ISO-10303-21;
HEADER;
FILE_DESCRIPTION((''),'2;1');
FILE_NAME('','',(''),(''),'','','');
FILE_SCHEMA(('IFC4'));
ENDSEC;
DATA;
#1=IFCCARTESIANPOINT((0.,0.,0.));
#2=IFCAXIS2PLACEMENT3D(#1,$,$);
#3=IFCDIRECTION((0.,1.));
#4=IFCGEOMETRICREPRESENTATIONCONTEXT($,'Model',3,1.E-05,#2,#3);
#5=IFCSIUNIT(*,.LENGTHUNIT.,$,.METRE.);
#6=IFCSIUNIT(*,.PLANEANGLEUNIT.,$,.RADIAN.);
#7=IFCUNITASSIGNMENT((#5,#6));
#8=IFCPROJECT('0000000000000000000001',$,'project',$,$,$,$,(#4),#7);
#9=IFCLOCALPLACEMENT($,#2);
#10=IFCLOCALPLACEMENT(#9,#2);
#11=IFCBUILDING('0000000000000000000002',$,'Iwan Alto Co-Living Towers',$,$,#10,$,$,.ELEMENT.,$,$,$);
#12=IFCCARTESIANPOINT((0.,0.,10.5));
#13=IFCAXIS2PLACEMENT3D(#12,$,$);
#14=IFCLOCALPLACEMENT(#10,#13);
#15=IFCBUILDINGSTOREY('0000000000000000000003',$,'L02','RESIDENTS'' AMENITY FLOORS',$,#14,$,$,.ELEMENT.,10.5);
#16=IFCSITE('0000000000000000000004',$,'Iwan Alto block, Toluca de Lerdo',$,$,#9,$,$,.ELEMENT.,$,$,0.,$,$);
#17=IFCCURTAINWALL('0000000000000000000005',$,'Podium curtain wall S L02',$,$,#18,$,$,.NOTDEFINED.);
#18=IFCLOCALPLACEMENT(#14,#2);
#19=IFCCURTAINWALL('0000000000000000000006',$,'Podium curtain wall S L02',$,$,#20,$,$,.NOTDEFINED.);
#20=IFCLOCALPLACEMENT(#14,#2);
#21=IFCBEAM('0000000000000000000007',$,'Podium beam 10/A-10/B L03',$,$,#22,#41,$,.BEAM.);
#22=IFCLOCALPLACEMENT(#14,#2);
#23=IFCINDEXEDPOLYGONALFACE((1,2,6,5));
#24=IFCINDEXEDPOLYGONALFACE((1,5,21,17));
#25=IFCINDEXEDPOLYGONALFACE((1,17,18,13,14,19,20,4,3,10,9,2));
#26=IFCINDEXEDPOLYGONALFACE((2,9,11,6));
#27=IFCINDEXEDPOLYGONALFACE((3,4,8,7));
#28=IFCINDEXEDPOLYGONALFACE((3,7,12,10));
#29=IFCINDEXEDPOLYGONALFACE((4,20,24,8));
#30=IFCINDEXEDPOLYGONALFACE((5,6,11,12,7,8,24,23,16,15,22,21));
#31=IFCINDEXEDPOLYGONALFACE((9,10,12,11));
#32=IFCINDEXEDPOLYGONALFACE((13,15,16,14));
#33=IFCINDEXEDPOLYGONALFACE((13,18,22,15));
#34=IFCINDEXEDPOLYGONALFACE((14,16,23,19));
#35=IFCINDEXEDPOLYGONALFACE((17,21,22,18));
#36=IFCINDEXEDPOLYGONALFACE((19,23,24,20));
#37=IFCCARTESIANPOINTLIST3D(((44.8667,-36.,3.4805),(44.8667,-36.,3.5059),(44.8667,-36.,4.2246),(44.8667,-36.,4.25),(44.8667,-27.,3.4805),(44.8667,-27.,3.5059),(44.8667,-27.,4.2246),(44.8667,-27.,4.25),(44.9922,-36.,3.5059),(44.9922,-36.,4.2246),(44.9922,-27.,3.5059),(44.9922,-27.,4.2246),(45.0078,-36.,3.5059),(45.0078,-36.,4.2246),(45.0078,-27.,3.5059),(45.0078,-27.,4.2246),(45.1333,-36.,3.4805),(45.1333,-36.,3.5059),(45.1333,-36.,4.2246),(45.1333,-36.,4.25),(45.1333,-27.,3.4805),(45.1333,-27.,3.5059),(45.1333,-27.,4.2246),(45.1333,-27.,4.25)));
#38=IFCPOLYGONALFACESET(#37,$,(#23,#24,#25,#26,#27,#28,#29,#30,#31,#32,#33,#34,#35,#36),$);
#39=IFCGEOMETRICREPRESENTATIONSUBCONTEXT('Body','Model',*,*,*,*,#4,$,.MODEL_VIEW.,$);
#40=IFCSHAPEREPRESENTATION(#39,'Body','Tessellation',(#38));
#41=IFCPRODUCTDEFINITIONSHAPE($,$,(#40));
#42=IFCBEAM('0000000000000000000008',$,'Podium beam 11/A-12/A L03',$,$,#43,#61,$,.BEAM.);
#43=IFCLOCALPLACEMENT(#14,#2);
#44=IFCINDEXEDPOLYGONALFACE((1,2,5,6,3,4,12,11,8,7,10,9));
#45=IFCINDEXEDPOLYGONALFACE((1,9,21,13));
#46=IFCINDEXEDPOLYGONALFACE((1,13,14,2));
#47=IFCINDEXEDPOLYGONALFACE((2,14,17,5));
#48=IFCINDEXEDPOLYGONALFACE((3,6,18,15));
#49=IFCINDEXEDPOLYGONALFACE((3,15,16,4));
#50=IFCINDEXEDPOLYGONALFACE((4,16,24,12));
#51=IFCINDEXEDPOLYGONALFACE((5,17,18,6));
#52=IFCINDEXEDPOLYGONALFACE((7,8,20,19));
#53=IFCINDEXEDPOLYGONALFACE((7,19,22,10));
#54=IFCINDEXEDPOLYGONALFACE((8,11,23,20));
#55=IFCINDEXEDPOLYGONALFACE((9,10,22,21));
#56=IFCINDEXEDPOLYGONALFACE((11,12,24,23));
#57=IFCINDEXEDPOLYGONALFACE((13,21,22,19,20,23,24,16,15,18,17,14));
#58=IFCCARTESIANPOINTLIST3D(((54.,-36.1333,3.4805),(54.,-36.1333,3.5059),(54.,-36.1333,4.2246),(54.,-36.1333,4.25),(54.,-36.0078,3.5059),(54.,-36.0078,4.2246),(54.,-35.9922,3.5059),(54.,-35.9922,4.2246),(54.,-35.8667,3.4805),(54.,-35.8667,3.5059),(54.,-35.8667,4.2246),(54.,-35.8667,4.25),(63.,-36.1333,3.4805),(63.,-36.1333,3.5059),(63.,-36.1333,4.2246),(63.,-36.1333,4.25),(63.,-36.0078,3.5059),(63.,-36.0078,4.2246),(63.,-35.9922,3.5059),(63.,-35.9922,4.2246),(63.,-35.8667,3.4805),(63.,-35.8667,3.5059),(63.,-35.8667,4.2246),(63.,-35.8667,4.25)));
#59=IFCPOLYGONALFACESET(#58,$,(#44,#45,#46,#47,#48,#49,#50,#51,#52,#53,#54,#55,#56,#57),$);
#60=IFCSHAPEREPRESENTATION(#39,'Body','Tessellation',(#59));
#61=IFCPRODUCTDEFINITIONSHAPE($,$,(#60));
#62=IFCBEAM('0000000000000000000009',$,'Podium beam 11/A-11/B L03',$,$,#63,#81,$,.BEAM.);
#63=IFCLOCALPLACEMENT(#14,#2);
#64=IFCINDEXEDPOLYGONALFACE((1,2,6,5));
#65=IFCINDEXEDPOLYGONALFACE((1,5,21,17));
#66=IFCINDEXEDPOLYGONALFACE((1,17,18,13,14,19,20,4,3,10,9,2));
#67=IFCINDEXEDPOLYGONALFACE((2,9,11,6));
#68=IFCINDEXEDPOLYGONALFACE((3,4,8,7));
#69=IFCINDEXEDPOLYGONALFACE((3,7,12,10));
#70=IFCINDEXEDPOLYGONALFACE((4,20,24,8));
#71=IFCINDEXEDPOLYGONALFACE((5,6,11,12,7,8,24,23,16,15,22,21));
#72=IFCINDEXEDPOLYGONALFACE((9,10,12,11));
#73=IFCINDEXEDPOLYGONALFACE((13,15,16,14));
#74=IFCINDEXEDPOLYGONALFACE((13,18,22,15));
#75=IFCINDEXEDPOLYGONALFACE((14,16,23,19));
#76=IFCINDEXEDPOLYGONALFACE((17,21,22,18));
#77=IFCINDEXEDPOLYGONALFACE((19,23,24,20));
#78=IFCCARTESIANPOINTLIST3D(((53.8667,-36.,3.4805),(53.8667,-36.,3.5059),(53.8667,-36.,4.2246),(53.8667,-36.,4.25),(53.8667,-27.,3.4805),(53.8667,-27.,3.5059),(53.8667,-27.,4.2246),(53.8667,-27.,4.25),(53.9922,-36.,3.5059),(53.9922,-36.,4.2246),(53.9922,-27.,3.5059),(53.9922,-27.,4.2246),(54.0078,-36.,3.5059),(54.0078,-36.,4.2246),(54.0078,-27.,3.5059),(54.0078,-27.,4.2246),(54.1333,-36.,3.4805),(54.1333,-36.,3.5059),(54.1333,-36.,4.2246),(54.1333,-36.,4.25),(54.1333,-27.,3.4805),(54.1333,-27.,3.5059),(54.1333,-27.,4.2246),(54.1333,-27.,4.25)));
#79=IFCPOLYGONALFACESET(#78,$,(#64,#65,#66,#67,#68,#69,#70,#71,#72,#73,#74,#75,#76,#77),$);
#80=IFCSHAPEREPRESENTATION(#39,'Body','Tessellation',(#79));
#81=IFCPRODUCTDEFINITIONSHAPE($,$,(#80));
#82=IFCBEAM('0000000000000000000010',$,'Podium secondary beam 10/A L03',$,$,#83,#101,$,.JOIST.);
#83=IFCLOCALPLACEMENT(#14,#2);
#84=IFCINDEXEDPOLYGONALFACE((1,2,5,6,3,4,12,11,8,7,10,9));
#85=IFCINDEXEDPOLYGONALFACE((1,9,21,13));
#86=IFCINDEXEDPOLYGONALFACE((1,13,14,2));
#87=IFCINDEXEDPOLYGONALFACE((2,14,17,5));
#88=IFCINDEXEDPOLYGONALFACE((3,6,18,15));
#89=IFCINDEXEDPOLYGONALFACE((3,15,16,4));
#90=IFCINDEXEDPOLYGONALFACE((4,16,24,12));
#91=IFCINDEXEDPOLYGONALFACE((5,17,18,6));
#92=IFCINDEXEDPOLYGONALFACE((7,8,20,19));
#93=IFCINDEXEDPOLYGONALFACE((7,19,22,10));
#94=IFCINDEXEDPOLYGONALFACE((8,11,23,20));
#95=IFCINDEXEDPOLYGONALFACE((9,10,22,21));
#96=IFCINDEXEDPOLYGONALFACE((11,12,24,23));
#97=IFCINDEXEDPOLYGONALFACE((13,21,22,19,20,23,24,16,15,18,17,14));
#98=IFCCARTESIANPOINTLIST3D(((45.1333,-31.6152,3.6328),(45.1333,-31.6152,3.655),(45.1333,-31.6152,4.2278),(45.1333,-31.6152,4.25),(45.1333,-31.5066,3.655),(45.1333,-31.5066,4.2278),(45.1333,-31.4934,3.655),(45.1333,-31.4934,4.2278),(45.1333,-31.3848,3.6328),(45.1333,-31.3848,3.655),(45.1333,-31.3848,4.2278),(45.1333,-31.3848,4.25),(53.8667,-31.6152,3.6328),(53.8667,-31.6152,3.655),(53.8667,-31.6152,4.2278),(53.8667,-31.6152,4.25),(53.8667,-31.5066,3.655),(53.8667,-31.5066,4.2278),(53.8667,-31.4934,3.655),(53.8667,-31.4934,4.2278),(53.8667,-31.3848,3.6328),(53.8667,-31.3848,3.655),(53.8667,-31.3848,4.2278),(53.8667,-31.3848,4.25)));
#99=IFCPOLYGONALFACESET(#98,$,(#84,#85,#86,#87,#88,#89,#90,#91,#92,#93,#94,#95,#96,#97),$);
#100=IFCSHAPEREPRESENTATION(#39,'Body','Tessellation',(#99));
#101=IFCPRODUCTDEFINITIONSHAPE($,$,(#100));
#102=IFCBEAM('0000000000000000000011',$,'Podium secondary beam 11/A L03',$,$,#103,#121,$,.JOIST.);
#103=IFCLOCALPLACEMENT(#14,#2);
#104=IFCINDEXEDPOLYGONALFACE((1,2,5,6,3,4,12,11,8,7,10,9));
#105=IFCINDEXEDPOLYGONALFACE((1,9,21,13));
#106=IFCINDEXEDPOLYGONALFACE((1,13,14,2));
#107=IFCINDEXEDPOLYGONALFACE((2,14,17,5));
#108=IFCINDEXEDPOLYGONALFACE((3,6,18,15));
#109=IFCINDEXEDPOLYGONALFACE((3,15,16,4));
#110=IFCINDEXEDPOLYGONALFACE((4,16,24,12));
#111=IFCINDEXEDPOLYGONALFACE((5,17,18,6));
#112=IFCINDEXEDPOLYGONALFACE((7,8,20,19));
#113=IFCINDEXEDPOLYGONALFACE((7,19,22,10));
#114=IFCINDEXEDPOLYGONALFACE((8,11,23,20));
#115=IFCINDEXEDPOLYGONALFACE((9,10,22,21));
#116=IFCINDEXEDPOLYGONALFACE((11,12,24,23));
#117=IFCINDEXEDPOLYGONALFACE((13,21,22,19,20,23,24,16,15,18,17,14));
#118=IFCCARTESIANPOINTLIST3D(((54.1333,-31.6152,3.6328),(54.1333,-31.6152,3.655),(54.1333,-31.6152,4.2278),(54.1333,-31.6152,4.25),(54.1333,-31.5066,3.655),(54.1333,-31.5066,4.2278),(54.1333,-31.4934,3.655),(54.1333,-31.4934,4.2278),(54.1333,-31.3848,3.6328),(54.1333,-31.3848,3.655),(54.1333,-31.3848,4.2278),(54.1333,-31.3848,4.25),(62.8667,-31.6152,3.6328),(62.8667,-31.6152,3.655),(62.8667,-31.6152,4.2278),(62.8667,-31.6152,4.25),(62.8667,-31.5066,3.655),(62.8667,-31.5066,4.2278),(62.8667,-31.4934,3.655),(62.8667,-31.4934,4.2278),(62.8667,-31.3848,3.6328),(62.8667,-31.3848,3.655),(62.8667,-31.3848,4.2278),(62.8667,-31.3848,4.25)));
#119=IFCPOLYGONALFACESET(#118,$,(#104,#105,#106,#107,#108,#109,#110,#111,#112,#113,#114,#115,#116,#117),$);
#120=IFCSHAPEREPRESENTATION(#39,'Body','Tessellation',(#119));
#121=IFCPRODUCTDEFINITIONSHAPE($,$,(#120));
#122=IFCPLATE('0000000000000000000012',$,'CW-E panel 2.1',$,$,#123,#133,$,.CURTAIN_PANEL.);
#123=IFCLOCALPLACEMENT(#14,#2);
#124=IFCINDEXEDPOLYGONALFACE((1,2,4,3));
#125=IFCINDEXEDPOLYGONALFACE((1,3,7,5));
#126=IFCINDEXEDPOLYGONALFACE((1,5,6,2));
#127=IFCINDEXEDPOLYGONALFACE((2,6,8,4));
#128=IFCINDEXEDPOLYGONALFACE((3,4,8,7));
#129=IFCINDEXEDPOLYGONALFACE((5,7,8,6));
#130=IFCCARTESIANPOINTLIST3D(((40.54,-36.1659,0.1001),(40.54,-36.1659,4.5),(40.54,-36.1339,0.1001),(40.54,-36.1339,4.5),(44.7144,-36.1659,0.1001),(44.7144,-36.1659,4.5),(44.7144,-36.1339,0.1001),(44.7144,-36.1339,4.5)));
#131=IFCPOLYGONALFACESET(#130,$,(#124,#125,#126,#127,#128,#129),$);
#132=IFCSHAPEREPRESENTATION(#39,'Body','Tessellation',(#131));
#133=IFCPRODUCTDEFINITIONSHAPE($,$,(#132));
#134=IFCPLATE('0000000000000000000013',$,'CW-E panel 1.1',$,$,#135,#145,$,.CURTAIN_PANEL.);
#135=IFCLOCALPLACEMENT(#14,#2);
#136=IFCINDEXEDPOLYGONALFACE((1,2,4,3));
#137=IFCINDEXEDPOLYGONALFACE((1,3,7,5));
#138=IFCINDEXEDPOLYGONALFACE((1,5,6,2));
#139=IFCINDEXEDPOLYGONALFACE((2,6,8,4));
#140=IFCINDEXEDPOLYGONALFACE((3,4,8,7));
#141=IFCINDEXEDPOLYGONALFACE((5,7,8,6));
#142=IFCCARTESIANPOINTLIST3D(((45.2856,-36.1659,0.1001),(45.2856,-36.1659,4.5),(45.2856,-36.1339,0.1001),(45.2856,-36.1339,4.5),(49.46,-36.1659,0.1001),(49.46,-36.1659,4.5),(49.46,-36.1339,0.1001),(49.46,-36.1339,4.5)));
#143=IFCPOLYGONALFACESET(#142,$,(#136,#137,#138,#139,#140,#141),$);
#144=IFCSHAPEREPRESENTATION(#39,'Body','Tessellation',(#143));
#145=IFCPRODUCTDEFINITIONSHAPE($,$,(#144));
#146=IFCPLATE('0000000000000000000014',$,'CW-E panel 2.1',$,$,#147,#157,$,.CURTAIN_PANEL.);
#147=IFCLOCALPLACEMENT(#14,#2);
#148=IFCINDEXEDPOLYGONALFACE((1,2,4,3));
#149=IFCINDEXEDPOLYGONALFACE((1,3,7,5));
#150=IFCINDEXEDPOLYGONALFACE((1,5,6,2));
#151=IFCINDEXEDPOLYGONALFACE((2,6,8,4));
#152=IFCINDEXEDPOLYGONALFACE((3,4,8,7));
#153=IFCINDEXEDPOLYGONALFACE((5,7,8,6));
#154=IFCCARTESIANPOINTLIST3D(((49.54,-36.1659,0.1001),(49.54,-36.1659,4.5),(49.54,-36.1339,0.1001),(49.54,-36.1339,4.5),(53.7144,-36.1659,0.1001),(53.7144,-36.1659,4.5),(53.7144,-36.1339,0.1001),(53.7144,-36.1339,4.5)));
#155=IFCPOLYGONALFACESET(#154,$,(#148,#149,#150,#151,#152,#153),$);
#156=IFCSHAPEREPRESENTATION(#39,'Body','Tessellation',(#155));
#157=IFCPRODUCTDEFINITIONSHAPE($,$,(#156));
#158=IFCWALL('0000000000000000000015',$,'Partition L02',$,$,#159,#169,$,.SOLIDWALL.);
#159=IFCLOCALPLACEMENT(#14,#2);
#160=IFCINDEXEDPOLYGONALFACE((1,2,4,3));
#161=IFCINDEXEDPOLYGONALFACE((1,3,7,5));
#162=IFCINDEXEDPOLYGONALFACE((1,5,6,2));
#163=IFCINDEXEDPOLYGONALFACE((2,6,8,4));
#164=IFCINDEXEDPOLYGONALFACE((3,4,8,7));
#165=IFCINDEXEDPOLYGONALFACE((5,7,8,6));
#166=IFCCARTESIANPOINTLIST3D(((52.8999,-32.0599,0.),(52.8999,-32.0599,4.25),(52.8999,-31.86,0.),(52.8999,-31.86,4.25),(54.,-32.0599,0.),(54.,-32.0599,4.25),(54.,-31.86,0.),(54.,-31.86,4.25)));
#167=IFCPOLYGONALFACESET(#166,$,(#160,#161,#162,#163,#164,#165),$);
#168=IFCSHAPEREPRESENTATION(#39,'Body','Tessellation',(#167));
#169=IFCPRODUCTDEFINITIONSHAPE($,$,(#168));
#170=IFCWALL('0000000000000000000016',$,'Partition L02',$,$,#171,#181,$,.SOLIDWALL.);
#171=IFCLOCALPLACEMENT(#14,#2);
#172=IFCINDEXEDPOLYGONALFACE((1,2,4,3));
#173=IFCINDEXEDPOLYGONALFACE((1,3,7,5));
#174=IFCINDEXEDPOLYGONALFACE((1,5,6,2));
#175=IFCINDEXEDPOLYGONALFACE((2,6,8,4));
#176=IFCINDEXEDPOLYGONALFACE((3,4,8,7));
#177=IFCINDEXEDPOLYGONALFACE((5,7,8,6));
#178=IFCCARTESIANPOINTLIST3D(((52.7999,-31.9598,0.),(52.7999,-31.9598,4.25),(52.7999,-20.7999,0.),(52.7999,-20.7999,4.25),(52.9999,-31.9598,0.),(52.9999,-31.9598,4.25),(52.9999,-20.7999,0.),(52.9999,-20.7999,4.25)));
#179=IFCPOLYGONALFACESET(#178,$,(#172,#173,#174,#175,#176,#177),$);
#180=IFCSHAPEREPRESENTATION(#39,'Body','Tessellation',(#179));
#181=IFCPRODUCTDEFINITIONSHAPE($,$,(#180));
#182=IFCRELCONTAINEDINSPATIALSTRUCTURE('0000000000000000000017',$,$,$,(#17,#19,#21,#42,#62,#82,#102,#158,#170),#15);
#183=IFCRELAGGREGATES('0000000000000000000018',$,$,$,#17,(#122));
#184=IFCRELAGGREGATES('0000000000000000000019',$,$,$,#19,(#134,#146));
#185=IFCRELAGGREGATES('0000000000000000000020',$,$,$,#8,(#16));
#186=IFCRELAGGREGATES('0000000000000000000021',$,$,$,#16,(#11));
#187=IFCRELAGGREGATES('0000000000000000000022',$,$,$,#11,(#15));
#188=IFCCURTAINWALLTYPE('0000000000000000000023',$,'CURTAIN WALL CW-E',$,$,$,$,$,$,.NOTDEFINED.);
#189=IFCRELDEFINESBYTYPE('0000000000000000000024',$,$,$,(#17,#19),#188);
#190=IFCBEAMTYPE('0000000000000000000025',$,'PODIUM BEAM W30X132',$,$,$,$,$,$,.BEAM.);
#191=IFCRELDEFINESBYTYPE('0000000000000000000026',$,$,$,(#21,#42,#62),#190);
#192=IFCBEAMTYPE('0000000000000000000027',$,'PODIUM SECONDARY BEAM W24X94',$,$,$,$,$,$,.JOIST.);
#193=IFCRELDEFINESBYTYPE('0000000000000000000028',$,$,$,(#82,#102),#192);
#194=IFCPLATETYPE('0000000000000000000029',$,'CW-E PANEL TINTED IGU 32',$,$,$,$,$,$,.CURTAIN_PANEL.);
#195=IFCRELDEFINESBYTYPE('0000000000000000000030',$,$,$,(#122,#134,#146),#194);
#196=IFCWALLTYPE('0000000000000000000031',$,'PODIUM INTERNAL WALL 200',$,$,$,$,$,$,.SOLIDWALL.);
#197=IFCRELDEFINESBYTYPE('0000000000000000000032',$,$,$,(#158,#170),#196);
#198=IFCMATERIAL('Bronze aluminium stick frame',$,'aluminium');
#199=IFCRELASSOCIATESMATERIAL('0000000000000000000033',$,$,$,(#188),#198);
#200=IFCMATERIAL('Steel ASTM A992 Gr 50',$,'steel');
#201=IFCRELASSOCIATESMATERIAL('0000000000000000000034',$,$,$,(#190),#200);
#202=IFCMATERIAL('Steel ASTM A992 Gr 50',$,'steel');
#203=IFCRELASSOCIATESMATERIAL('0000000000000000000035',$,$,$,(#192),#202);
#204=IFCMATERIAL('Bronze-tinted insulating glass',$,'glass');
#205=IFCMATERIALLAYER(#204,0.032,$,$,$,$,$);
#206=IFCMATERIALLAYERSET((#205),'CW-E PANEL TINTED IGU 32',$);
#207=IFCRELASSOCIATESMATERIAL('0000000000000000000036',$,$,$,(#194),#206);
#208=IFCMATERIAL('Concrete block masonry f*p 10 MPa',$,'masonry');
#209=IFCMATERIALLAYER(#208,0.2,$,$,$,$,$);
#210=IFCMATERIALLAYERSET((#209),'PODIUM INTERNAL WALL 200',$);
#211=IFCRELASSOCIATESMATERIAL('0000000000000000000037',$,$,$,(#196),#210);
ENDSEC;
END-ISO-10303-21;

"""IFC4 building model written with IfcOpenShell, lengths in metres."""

from ifc_helpers import new_model, si_unit, direction, frame, frame_2d, origin, origin_2d, place, context, subcontext, project, spatial, rectangle, i_section, extrude, material, layer, layer_set, material_profile, profile_set, type_object, element, aggregate, save


model = new_model("IFC4")

# Units and contexts
model_context = context("Model", 3, precision=1e-05, world=origin(), true_north=direction((0.0, 1.0)))
body_context = subcontext(model_context, "Body", "Model", "MODEL_VIEW")
ifc_project = project(units=[si_unit("LENGTHUNIT", "METRE"), si_unit("PLANEANGLEUNIT", "RADIAN")], contexts=[model_context])

# Site, building, storey
site_placement = place(None, origin())
site = spatial("IfcSite", under=ifc_project, at=site_placement, Name="Iwan Alto block, Toluca de Lerdo", CompositionType="ELEMENT", RefElevation=0.0)
building_placement = place(site_placement, origin())
building = spatial("IfcBuilding", under=site, at=building_placement, Name="Iwan Alto Co-Living Towers", CompositionType="ELEMENT")
storey_placement = place(building_placement, frame((0.0, 0.0, 10.5)))
storey = spatial("IfcBuildingStorey", under=building, at=storey_placement, Name="L02", Description="RESIDENTS' AMENITY FLOORS", CompositionType="ELEMENT", Elevation=10.5)

# Curtain wall
ifc_material_1 = material(Name="Bronze aluminium stick frame", Category="aluminium")
curtain_wall_type = type_object("IfcCurtainWallType", Name="CURTAIN WALL CW-E", PredefinedType="NOTDEFINED", material=ifc_material_1)
curtain_wall_1_placement = place(storey_placement, origin())
curtain_wall_1 = element("IfcCurtainWall", 1, at=curtain_wall_1_placement, inside=storey, type_object=curtain_wall_type, Name="Podium curtain wall S L02", PredefinedType="NOTDEFINED")

# Curtain wall
curtain_wall_2_placement = place(storey_placement, origin())
curtain_wall_2 = element("IfcCurtainWall", 2, at=curtain_wall_2_placement, inside=storey, type_object=curtain_wall_type, Name="Podium curtain wall S L02", PredefinedType="NOTDEFINED")

# Beams
ifc_material_2 = material(Name="Steel ASTM A992 Gr 50", Category="steel")
ifc_material_profile_1 = material_profile(ifc_material_2, i_section(OverallWidth=0.2666, OverallDepth=0.7695, WebThickness=0.0156, FlangeThickness=0.0254, at=origin_2d()), Name="W30X132")
ifc_profile_set_1 = profile_set([ifc_material_profile_1], Name="Steel ASTM A992 Gr 50")
beam_type_1 = type_object("IfcBeamType", Name="PODIUM BEAM W30X132", PredefinedType="BEAM", material=ifc_profile_set_1)
for number, where, z_axis, x_axis, name in (
    (3, (45.0, -36.0, 3.8652), (0.0, 1.0, 0.0), (-1.0, 0.0, 0.0), "Podium beam 10/A-10/B L03"),
    (4, (54.0, -36.0, 3.8652), (1.0, 0.0, 0.0), (0.0, 1.0, 0.0), "Podium beam 11/A-12/A L03"),
    (5, (54.0, -36.0, 3.8652), (0.0, 1.0, 0.0), (-1.0, 0.0, 0.0), "Podium beam 11/A-11/B L03"),
):
    element("IfcBeam", number, at=place(storey_placement, frame(where, z_axis=z_axis, x_axis=x_axis)), inside=storey, type_object=beam_type_1, Name=name, PredefinedType="BEAM", context=body_context, shape_type="SweptSolid", body=[
        extrude(i_section(OverallWidth=0.2666, OverallDepth=0.7695, WebThickness=0.0156, FlangeThickness=0.0254, at=origin_2d()), origin(), (0.0, 0.0, 1.0), 9.0),
    ])
ifc_material_3 = material(Name="Steel ASTM A992 Gr 50", Category="steel")
ifc_material_profile_2 = material_profile(ifc_material_3, i_section(OverallWidth=0.2305, OverallDepth=0.6172, WebThickness=0.0132, FlangeThickness=0.0222, at=origin_2d()), Name="W24X94")
ifc_profile_set_2 = profile_set([ifc_material_profile_2], Name="Steel ASTM A992 Gr 50")
beam_type_2 = type_object("IfcBeamType", Name="PODIUM SECONDARY BEAM W24X94", PredefinedType="JOIST", material=ifc_profile_set_2)
for number, where, z_axis, x_axis, name in (
    (6, (45.1333, -31.5, 3.9414), (1.0, 0.0, 0.0), (0.0, 1.0, 0.0), "Podium secondary beam 10/A L03"),
    (7, (54.1333, -31.5, 3.9414), (1.0, 0.0, 0.0), (0.0, 1.0, 0.0), "Podium secondary beam 11/A L03"),
):
    element("IfcBeam", number, at=place(storey_placement, frame(where, z_axis=z_axis, x_axis=x_axis)), inside=storey, type_object=beam_type_2, Name=name, PredefinedType="JOIST", context=body_context, shape_type="SweptSolid", body=[
        extrude(i_section(OverallWidth=0.2305, OverallDepth=0.6172, WebThickness=0.0132, FlangeThickness=0.0222, at=origin_2d()), origin(), (0.0, 0.0, 1.0), 8.7334),
    ])

# Plates
ifc_material_4 = material(Name="Bronze-tinted insulating glass", Category="glass")
ifc_layer_1 = layer(ifc_material_4, 0.032)
ifc_layer_set_1 = layer_set([ifc_layer_1], Name="CW-E PANEL TINTED IGU 32")
plate_type = type_object("IfcPlateType", Name="CW-E PANEL TINTED IGU 32", PredefinedType="CURTAIN_PANEL", material=ifc_layer_set_1)
plate_1_placement = place(storey_placement, frame((42.6272, -36.1499, 0.1001), z_axis=(0.0, 0.0, 1.0), x_axis=(1.0, 0.0, 0.0)))
plate_1 = element("IfcPlate", 8, at=plate_1_placement, type_object=plate_type, Name="CW-E panel 2.1", PredefinedType="CURTAIN_PANEL", context=body_context, shape_type="SweptSolid", body=[
    extrude(rectangle(XDim=4.1743, YDim=0.032, at=origin_2d()), origin(), (0.0, 0.0, 1.0), 4.3999),
])
aggregate(curtain_wall_1, [plate_1])
plate_2_placement = place(storey_placement, frame((47.3728, -36.1499, 0.1001), z_axis=(0.0, 0.0, 1.0), x_axis=(1.0, 0.0, 0.0)))
plate_2 = element("IfcPlate", 9, at=plate_2_placement, type_object=plate_type, Name="CW-E panel 1.1", PredefinedType="CURTAIN_PANEL", context=body_context, shape_type="SweptSolid", body=[
    extrude(rectangle(XDim=4.1743, YDim=0.032, at=origin_2d()), origin(), (0.0, 0.0, 1.0), 4.3999),
])
plate_3_placement = place(storey_placement, frame((51.6272, -36.1499, 0.1001), z_axis=(0.0, 0.0, 1.0), x_axis=(1.0, 0.0, 0.0)))
plate_3 = element("IfcPlate", 10, at=plate_3_placement, type_object=plate_type, Name="CW-E panel 2.1", PredefinedType="CURTAIN_PANEL", context=body_context, shape_type="SweptSolid", body=[
    extrude(rectangle(XDim=4.1743, YDim=0.032, at=origin_2d()), origin(), (0.0, 0.0, 1.0), 4.3999),
])
aggregate(curtain_wall_2, [plate_2, plate_3])

# Walls
ifc_material_5 = material(Name="Concrete block masonry f*p 10 MPa", Category="masonry")
ifc_layer_2 = layer(ifc_material_5, 0.2)
ifc_layer_set_2 = layer_set([ifc_layer_2], Name="PODIUM INTERNAL WALL 200")
wall_type_1 = type_object("IfcWallType", Name="PODIUM INTERNAL WALL 200", PredefinedType="SOLIDWALL", material=ifc_layer_set_2)
wall_1_placement = place(storey_placement, frame((52.8999, -31.96, 0.0), z_axis=(0.0, 0.0, 1.0), x_axis=(1.0, 0.0, 0.0)))
element("IfcWall", 11, at=wall_1_placement, inside=storey, type_object=wall_type_1, Name="Partition L02", PredefinedType="SOLIDWALL", context=body_context, shape_type="SweptSolid", body=[
    extrude(rectangle(XDim=1.1001, YDim=0.2, at=frame_2d((0.55, 0.0))), origin(), (0.0, 0.0, 1.0), 4.25),
])
wall_2_placement = place(storey_placement, frame((52.8999, -31.96, 0.0), z_axis=(0.0, 0.0, 1.0), x_axis=(0.0, 1.0, 0.0)))
element("IfcWall", 12, at=wall_2_placement, inside=storey, type_object=wall_type_1, Name="Partition L02", PredefinedType="SOLIDWALL", context=body_context, shape_type="SweptSolid", body=[
    extrude(rectangle(XDim=11.1599, YDim=0.2, at=frame_2d((5.5801, 0.0))), origin(), (0.0, 0.0, 1.0), 4.25),
])

save(model, "model.ifc")
